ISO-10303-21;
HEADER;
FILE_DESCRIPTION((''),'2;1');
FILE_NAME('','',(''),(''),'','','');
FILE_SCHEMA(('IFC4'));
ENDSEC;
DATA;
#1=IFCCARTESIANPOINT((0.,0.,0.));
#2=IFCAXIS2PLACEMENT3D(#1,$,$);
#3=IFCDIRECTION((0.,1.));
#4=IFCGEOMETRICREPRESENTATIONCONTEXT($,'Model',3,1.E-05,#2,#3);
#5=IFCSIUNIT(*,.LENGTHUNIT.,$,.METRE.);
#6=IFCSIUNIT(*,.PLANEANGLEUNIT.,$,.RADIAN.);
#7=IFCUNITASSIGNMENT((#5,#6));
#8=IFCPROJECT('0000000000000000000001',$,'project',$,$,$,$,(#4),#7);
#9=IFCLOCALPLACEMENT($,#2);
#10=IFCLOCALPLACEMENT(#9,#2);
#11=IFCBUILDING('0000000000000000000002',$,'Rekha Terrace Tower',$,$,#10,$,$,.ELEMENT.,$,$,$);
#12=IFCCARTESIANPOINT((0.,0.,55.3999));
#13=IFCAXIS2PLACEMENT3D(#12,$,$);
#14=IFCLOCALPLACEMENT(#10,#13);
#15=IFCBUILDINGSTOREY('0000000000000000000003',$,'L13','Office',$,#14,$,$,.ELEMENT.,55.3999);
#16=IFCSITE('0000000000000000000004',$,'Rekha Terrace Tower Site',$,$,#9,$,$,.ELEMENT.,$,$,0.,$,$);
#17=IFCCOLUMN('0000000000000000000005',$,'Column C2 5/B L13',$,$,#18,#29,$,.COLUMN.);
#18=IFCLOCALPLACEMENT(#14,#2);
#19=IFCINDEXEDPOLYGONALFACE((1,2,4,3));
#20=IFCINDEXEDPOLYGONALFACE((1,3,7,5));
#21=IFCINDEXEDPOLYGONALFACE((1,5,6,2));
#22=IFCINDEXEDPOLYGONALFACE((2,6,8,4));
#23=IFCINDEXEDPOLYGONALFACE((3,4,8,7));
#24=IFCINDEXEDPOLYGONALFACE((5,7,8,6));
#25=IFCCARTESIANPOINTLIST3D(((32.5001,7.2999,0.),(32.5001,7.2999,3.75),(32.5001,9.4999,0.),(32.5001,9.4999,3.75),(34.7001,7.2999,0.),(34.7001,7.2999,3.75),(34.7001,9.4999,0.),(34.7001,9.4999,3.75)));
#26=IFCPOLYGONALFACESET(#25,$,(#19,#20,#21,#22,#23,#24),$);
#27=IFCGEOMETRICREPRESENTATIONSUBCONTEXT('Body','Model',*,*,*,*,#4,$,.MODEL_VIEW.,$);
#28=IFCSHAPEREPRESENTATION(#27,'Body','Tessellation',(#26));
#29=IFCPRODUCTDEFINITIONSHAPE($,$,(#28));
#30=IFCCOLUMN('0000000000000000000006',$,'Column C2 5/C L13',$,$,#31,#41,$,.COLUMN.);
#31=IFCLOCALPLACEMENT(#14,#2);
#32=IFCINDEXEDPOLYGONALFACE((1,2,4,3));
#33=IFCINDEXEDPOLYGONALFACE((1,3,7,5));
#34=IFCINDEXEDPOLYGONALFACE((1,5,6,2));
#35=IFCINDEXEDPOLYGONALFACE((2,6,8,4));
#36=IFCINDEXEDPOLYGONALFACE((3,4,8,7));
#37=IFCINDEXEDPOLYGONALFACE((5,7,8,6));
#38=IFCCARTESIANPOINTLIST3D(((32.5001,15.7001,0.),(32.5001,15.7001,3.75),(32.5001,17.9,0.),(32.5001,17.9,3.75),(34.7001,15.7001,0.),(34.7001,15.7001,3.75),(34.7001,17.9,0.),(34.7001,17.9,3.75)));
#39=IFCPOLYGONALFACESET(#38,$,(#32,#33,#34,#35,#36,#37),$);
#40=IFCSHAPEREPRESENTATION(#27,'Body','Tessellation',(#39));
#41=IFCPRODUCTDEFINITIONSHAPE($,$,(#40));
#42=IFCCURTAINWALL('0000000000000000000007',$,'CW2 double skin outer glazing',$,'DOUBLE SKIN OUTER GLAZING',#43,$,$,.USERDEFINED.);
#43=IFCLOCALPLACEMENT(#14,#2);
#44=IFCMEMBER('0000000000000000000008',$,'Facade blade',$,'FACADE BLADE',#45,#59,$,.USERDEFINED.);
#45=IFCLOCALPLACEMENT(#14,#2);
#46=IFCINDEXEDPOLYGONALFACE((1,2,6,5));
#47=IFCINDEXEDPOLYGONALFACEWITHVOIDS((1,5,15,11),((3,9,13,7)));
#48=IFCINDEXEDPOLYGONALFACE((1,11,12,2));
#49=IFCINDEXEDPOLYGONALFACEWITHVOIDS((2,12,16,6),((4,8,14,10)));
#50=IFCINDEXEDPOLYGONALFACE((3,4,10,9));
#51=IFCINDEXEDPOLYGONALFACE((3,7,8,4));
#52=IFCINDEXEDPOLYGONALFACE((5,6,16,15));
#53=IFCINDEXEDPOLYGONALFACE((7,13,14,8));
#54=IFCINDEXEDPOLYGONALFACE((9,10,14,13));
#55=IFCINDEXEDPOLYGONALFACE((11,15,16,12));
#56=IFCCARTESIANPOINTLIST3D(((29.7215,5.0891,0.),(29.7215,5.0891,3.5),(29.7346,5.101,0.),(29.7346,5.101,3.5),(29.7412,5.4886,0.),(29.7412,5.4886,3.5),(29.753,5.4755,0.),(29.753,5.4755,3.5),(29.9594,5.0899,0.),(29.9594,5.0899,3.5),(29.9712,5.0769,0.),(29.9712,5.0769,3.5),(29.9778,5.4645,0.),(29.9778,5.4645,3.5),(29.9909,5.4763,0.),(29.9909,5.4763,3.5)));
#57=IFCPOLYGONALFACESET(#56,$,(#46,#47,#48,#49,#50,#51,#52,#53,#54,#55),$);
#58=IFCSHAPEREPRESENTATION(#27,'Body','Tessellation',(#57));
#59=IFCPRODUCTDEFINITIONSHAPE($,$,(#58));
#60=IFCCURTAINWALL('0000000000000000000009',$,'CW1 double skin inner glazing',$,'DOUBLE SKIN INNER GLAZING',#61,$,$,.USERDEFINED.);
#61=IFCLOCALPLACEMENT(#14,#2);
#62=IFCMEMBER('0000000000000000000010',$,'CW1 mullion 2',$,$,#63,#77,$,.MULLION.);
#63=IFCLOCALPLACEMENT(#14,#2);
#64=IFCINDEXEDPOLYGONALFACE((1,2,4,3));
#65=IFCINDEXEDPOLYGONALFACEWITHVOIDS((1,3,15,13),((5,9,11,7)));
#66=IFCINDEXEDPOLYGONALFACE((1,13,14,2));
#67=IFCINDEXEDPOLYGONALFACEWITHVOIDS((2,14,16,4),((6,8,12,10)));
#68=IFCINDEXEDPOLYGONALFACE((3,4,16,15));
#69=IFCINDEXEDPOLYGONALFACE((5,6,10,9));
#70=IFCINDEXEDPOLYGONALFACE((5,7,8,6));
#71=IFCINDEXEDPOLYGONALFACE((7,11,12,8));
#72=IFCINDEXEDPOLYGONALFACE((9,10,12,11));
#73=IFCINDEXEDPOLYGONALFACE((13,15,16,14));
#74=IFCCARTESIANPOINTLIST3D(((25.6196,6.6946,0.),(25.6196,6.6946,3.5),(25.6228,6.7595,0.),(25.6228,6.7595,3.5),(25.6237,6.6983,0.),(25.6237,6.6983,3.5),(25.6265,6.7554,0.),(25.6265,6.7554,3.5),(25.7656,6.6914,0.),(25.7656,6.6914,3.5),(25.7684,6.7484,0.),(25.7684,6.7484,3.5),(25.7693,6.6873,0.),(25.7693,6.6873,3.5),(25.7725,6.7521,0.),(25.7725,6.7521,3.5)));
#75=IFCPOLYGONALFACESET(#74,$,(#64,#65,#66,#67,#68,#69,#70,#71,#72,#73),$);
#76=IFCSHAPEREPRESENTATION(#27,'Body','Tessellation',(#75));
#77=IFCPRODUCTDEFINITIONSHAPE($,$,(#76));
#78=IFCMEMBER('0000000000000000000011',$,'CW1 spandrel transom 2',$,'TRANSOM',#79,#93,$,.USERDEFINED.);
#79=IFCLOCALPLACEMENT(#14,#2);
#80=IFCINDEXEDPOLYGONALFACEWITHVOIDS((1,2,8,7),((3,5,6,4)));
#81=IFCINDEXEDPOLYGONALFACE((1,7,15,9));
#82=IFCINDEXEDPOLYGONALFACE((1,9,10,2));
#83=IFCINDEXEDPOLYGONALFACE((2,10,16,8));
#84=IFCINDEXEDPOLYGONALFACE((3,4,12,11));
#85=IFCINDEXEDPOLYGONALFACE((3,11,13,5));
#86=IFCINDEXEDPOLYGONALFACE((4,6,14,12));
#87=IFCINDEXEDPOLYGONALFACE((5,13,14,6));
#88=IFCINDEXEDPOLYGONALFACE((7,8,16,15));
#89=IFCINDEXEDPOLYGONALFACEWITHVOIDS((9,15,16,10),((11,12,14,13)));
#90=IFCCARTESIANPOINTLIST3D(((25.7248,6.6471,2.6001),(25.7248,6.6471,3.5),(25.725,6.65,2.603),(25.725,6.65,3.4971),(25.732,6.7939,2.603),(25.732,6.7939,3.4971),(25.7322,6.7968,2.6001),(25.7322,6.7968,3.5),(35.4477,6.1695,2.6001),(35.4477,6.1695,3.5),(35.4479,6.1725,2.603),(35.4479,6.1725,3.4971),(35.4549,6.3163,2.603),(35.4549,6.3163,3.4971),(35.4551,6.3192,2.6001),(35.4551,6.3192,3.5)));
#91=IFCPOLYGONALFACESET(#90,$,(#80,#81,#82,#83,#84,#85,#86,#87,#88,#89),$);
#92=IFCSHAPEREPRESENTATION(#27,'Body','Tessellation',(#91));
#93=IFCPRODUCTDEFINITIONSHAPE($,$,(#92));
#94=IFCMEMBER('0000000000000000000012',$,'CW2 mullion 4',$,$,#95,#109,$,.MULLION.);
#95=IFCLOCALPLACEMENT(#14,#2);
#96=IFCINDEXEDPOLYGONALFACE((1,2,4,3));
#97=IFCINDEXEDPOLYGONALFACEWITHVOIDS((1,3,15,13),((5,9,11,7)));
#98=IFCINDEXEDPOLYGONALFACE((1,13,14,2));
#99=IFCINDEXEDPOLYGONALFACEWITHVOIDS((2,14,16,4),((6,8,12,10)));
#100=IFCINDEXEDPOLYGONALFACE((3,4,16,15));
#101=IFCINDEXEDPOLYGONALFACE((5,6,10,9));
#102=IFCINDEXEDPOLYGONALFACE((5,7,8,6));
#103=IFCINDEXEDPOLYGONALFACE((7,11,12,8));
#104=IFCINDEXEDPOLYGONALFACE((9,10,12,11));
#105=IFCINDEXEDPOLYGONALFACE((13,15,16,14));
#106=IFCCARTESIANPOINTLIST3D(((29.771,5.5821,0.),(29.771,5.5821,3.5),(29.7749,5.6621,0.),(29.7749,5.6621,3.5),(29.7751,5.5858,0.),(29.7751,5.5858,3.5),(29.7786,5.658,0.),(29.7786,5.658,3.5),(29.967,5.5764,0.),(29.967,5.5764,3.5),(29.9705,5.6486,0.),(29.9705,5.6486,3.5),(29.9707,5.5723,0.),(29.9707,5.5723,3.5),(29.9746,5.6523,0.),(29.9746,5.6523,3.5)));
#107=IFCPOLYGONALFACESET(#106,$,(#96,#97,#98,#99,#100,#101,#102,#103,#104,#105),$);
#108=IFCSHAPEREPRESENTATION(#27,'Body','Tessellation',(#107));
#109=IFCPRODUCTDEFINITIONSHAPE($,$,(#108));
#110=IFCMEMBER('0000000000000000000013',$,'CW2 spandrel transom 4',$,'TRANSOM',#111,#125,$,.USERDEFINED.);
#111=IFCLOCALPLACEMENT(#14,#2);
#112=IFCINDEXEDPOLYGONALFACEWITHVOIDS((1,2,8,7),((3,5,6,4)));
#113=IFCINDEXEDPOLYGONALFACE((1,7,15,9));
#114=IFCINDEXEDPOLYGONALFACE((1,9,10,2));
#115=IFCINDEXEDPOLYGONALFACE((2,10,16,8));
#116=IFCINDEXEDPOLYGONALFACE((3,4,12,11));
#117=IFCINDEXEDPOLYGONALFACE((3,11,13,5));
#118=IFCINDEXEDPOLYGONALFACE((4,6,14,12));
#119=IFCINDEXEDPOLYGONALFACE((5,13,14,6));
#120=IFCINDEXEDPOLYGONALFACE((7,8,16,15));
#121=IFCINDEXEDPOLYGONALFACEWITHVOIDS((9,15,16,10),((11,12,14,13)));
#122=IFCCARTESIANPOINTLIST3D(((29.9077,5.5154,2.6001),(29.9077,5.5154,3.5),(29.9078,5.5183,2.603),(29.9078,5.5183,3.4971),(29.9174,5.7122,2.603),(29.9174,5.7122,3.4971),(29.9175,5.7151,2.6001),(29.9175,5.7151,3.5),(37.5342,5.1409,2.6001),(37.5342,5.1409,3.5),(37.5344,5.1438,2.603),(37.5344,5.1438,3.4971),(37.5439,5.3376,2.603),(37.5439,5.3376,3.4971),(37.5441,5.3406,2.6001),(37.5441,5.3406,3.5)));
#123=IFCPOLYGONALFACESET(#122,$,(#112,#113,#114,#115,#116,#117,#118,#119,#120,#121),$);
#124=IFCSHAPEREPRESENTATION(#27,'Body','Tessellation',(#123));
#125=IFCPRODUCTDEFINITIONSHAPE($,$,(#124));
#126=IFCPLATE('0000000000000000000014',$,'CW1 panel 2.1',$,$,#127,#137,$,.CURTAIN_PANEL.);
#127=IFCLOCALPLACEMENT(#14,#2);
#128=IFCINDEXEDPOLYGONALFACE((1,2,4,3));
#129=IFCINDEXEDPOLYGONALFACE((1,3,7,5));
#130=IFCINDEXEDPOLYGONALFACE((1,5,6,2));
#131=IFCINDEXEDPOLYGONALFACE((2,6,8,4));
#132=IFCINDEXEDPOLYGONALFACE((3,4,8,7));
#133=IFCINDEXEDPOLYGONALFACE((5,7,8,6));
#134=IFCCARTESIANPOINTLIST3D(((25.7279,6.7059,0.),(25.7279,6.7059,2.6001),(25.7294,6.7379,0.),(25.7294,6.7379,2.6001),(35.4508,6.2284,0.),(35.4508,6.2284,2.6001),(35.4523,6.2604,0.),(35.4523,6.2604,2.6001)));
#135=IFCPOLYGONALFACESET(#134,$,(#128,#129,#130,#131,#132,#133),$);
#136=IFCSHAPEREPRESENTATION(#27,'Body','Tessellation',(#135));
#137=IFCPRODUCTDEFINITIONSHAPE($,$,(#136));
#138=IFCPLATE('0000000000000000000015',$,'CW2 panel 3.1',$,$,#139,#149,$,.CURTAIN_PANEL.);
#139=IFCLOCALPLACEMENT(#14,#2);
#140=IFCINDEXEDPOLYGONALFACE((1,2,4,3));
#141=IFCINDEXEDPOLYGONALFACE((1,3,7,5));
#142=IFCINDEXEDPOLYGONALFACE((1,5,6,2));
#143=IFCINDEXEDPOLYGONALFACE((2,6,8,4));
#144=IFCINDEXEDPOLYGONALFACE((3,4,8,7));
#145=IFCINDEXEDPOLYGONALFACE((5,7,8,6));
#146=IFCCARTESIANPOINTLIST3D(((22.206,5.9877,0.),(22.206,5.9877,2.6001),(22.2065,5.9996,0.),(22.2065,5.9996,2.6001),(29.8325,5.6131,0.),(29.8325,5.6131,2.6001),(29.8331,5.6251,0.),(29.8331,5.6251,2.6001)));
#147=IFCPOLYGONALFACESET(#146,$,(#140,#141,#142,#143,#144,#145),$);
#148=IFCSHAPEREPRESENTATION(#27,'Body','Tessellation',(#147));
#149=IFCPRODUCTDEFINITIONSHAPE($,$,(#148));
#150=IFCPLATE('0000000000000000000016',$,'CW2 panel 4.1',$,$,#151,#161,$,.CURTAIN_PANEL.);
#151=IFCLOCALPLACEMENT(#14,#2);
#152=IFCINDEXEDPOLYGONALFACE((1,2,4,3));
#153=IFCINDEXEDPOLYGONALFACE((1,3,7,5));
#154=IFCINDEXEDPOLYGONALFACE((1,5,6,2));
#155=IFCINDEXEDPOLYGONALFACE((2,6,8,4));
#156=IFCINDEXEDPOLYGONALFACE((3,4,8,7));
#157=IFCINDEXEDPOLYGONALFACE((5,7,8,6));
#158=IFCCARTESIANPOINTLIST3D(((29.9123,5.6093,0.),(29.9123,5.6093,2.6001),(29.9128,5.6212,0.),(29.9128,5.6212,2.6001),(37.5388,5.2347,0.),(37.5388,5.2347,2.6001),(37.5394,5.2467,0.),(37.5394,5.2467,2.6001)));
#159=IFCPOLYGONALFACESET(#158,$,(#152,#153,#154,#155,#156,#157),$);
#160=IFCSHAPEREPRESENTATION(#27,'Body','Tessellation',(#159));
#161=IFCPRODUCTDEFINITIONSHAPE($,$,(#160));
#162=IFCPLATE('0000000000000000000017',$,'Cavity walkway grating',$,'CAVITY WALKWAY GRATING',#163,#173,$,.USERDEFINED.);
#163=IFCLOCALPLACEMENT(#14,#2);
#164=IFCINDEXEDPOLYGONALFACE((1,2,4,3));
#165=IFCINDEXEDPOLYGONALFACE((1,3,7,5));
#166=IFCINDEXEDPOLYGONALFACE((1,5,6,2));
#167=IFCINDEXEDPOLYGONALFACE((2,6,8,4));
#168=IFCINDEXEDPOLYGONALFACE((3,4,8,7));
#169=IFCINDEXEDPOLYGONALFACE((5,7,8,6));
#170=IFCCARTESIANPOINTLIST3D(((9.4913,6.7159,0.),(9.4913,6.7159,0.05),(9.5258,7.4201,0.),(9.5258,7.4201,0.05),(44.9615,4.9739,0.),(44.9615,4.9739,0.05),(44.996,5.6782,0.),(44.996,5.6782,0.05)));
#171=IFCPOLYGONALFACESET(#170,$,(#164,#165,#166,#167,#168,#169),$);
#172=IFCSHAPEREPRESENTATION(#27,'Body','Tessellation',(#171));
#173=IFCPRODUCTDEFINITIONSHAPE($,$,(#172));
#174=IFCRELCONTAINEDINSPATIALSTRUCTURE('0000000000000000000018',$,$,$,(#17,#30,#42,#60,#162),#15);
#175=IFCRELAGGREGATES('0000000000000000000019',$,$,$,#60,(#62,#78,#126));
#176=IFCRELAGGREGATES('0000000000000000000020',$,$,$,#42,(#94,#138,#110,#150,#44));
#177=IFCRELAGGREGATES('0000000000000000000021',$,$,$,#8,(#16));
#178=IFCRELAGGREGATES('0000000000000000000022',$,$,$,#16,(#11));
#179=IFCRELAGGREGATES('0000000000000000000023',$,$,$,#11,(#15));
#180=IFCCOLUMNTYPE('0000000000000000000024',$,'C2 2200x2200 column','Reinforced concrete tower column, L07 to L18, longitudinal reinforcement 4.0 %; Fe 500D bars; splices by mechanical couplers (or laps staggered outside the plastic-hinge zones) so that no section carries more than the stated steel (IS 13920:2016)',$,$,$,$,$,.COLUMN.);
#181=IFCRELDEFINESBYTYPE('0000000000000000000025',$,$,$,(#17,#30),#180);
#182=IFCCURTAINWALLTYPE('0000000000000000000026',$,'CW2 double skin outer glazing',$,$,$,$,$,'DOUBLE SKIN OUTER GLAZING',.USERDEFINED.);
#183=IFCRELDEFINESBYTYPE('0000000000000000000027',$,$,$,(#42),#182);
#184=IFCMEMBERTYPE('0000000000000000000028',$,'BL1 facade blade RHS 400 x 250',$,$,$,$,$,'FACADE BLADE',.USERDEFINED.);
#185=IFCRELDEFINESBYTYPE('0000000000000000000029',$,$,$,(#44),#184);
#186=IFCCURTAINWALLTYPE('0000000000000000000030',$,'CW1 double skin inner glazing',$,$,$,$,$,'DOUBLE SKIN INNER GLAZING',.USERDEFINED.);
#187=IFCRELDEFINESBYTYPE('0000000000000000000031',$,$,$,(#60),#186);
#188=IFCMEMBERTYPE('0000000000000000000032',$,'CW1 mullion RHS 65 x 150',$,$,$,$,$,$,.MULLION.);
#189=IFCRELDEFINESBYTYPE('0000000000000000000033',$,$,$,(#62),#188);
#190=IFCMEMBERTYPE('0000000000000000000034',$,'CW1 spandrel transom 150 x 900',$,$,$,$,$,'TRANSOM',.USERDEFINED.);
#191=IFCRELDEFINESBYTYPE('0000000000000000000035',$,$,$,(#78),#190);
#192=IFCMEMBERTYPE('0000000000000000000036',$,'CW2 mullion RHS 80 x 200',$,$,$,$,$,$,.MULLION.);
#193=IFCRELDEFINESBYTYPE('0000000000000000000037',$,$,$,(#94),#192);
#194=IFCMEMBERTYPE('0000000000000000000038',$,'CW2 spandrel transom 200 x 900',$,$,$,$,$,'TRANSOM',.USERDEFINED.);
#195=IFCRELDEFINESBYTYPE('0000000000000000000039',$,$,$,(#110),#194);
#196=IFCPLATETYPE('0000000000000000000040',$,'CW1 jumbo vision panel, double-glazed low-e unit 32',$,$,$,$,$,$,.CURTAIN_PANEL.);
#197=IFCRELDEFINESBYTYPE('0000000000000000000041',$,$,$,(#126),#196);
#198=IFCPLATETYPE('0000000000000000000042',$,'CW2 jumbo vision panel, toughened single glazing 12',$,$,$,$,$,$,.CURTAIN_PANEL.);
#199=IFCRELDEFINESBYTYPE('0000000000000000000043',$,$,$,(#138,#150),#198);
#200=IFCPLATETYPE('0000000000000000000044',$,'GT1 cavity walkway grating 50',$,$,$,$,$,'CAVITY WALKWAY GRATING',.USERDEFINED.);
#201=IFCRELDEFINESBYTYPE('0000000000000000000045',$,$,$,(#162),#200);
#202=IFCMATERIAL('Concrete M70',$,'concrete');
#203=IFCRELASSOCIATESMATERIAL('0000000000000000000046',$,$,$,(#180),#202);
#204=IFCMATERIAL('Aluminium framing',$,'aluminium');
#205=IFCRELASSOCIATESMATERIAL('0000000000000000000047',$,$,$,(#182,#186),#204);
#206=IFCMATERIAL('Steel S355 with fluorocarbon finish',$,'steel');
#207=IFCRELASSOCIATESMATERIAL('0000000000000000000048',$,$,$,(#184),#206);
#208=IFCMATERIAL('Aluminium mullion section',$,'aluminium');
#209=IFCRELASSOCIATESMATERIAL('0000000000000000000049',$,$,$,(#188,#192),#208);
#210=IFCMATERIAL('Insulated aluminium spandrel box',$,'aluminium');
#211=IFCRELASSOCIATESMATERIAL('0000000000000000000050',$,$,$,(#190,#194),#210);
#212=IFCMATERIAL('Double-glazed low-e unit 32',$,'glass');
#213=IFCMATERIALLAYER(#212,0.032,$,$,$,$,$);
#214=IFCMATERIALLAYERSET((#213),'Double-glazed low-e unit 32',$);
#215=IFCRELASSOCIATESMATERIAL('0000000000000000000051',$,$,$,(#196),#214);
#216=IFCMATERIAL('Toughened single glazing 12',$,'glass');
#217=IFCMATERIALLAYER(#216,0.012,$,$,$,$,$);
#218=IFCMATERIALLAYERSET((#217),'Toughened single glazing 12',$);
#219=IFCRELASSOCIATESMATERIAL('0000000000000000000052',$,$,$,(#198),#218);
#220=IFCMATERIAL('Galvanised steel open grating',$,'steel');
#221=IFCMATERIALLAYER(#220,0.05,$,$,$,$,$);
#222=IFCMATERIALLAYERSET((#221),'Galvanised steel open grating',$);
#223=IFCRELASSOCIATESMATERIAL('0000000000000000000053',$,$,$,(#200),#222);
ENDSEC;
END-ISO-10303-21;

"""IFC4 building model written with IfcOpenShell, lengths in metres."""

from ifc_helpers import new_model, si_unit, direction, frame, origin, origin_2d, place, context, subcontext, project, spatial, rectangle, hollow_rectangle, extrude, material, layer, layer_set, material_profile, profile_set, type_object, element, aggregate, save


model = new_model("IFC4")

# Units and contexts
model_context = context("Model", 3, precision=1e-05, world=origin(), true_north=direction((0.0, 1.0)))
body_context = subcontext(model_context, "Body", "Model", "MODEL_VIEW")
ifc_project = project(units=[si_unit("LENGTHUNIT", "METRE"), si_unit("PLANEANGLEUNIT", "RADIAN")], contexts=[model_context])

# Site, building, storey
site_placement = place(None, origin())
site = spatial("IfcSite", under=ifc_project, at=site_placement, Name="Rekha Terrace Tower Site", CompositionType="ELEMENT", RefElevation=0.0)
building_placement = place(site_placement, origin())
building = spatial("IfcBuilding", under=site, at=building_placement, Name="Rekha Terrace Tower", CompositionType="ELEMENT")
storey_placement = place(building_placement, frame((0.0, 0.0, 55.3999)))
storey = spatial("IfcBuildingStorey", under=building, at=storey_placement, Name="L13", Description="Office", CompositionType="ELEMENT", Elevation=55.3999)

# Columns
ifc_material_1 = material(Name="Concrete M70", Category="concrete")
ifc_material_profile_1 = material_profile(ifc_material_1, rectangle(XDim=2.2, YDim=2.2, at=origin_2d()), Name="RC 2200x2200")
ifc_profile_set_1 = profile_set([ifc_material_profile_1], Name="Concrete M70")
column_type = type_object("IfcColumnType", Name="C2 2200x2200 column", Description="Reinforced concrete tower column, L07 to L18, longitudinal reinforcement 4.0 %; Fe 500D bars; splices by mechanical couplers (or laps staggered outside the plastic-hinge zones) so that no section carries more than the stated steel (IS 13920:2016)", PredefinedType="COLUMN", material=ifc_profile_set_1)
for number, where, z_axis, x_axis, name in (
    (1, (33.6001, 8.3999, 0.0), (0.0, 0.0, 1.0), (1.0, 0.0, 0.0), "Column C2 5/B L13"),
    (2, (33.6001, 16.8, 0.0), (0.0, 0.0, 1.0), (1.0, 0.0, 0.0), "Column C2 5/C L13"),
):
    element("IfcColumn", number, at=place(storey_placement, frame(where, z_axis=z_axis, x_axis=x_axis)), inside=storey, type_object=column_type, Name=name, PredefinedType="COLUMN", context=body_context, shape_type="SweptSolid", body=[
        extrude(rectangle(XDim=2.2, YDim=2.2, at=origin_2d()), origin(), (0.0, 0.0, 1.0), 3.75),
    ])

# Curtain wall, member
ifc_material_2 = material(Name="Aluminium framing", Category="aluminium")
curtain_wall_type_1 = type_object("IfcCurtainWallType", Name="CW2 double skin outer glazing", ElementType="DOUBLE SKIN OUTER GLAZING", PredefinedType="USERDEFINED", material=ifc_material_2)
curtain_wall_1_placement = place(storey_placement, origin())
curtain_wall_1 = element("IfcCurtainWall", 3, at=curtain_wall_1_placement, inside=storey, type_object=curtain_wall_type_1, Name="CW2 double skin outer glazing", ObjectType="DOUBLE SKIN OUTER GLAZING", PredefinedType="USERDEFINED")
ifc_material_3 = material(Name="Steel S355 with fluorocarbon finish", Category="steel")
ifc_material_profile_2 = material_profile(ifc_material_3, hollow_rectangle(XDim=0.25, YDim=0.3999, WallThickness=0.0125, at=origin_2d()), Name="RHS400x250x12.5")
ifc_profile_set_2 = profile_set([ifc_material_profile_2], Name="Steel S355 with fluorocarbon finish")
member_type_1 = type_object("IfcMemberType", Name="BL1 facade blade RHS 400 x 250", ElementType="FACADE BLADE", PredefinedType="USERDEFINED", material=ifc_profile_set_2)
member_1_placement = place(storey_placement, frame((29.8562, 5.2827, 0.0), z_axis=(0.0, 0.0, 1.0), x_axis=(0.998796, -0.049052, 0.0)))
member_1 = element("IfcMember", 4, at=member_1_placement, type_object=member_type_1, Name="Facade blade", ObjectType="FACADE BLADE", PredefinedType="USERDEFINED", context=body_context, shape_type="SweptSolid", body=[
    extrude(hollow_rectangle(XDim=0.25, YDim=0.3999, WallThickness=0.0125, at=origin_2d()), origin(), (0.0, 0.0, 1.0), 3.5),
])

# Curtain wall, members
curtain_wall_type_2 = type_object("IfcCurtainWallType", Name="CW1 double skin inner glazing", ElementType="DOUBLE SKIN INNER GLAZING", PredefinedType="USERDEFINED", material=ifc_material_2)
curtain_wall_2_placement = place(storey_placement, origin())
curtain_wall_2 = element("IfcCurtainWall", 5, at=curtain_wall_2_placement, inside=storey, type_object=curtain_wall_type_2, Name="CW1 double skin inner glazing", ObjectType="DOUBLE SKIN INNER GLAZING", PredefinedType="USERDEFINED")
ifc_material_4 = material(Name="Aluminium mullion section", Category="aluminium")
ifc_material_profile_3 = material_profile(ifc_material_4, hollow_rectangle(XDim=0.0649, YDim=0.1499, WallThickness=0.0039, at=origin_2d()), Name="AL RHS 65x150")
ifc_profile_set_3 = profile_set([ifc_material_profile_3], Name="Aluminium mullion section")
member_type_2 = type_object("IfcMemberType", Name="CW1 mullion RHS 65 x 150", PredefinedType="MULLION", material=ifc_profile_set_3)
member_2_placement = place(storey_placement, frame((25.696, 6.7234, 0.0), z_axis=(0.0, 0.0, 1.0), x_axis=(0.049052, 0.998796, 0.0)))
member_2 = element("IfcMember", 6, at=member_2_placement, type_object=member_type_2, Name="CW1 mullion 2", PredefinedType="MULLION", context=body_context, shape_type="SweptSolid", body=[
    extrude(hollow_rectangle(XDim=0.0649, YDim=0.1499, WallThickness=0.0039, at=origin_2d()), origin(), (0.0, 0.0, 1.0), 3.5),
])
ifc_material_5 = material(Name="Insulated aluminium spandrel box", Category="aluminium")
ifc_material_profile_4 = material_profile(ifc_material_5, hollow_rectangle(XDim=0.1499, YDim=0.8999, WallThickness=0.0029, at=origin_2d()), Name="AL SPANDREL BOX 150x900")
ifc_profile_set_4 = profile_set([ifc_material_profile_4], Name="Insulated aluminium spandrel box")
member_type_3 = type_object("IfcMemberType", Name="CW1 spandrel transom 150 x 900", ElementType="TRANSOM", PredefinedType="USERDEFINED", material=ifc_profile_set_4)
member_3_placement = place(storey_placement, frame((25.7285, 6.7219, 3.05), z_axis=(0.998796, -0.049056, 0.0), x_axis=(0.049056, 0.998796, 0.0)))
member_3 = element("IfcMember", 7, at=member_3_placement, type_object=member_type_3, Name="CW1 spandrel transom 2", ObjectType="TRANSOM", PredefinedType="USERDEFINED", context=body_context, shape_type="SweptSolid", body=[
    extrude(hollow_rectangle(XDim=0.1499, YDim=0.8999, WallThickness=0.0029, at=origin_2d()), origin(), (0.0, 0.0, 1.0), 9.7346),
])

# Members
ifc_material_profile_5 = material_profile(ifc_material_4, hollow_rectangle(XDim=0.0801, YDim=0.2, WallThickness=0.0039, at=origin_2d()), Name="AL RHS 80x200")
ifc_profile_set_5 = profile_set([ifc_material_profile_5], Name="Aluminium mullion section")
member_type_4 = type_object("IfcMemberType", Name="CW2 mullion RHS 80 x 200", PredefinedType="MULLION", material=ifc_profile_set_5)
member_4_placement = place(storey_placement, frame((29.8728, 5.6172, 0.0), z_axis=(0.0, 0.0, 1.0), x_axis=(0.049052, 0.998796, 0.0)))
member_4 = element("IfcMember", 8, at=member_4_placement, type_object=member_type_4, Name="CW2 mullion 4", PredefinedType="MULLION", context=body_context, shape_type="SweptSolid", body=[
    extrude(hollow_rectangle(XDim=0.0801, YDim=0.2, WallThickness=0.0039, at=origin_2d()), origin(), (0.0, 0.0, 1.0), 3.5),
])
ifc_material_profile_6 = material_profile(ifc_material_5, hollow_rectangle(XDim=0.2, YDim=0.8999, WallThickness=0.0029, at=origin_2d()), Name="AL SPANDREL BOX 200x900")
ifc_profile_set_6 = profile_set([ifc_material_profile_6], Name="Insulated aluminium spandrel box")
member_type_5 = type_object("IfcMemberType", Name="CW2 spandrel transom 200 x 900", ElementType="TRANSOM", PredefinedType="USERDEFINED", material=ifc_profile_set_6)
member_5_placement = place(storey_placement, frame((29.9126, 5.6152, 3.05), z_axis=(0.998796, -0.049048, 0.0), x_axis=(0.049048, 0.998796, 0.0)))
member_5 = element("IfcMember", 9, at=member_5_placement, type_object=member_type_5, Name="CW2 spandrel transom 4", ObjectType="TRANSOM", PredefinedType="USERDEFINED", context=body_context, shape_type="SweptSolid", body=[
    extrude(hollow_rectangle(XDim=0.2, YDim=0.8999, WallThickness=0.0029, at=origin_2d()), origin(), (0.0, 0.0, 1.0), 7.6357),
])

# Plates
ifc_material_6 = material(Name="Double-glazed low-e unit 32", Category="glass")
ifc_layer_1 = layer(ifc_material_6, 0.032)
ifc_layer_set_1 = layer_set([ifc_layer_1], Name="Double-glazed low-e unit 32")
plate_type_1 = type_object("IfcPlateType", Name="CW1 jumbo vision panel, double-glazed low-e unit 32", PredefinedType="CURTAIN_PANEL", material=ifc_layer_set_1)
plate_1_placement = place(storey_placement, frame((30.5901, 6.4832, 0.0), z_axis=(0.0, 0.0, 1.0), x_axis=(0.998796, -0.049052, 0.0)))
plate_1 = element("IfcPlate", 10, at=plate_1_placement, type_object=plate_type_1, Name="CW1 panel 2.1", PredefinedType="CURTAIN_PANEL", context=body_context, shape_type="SweptSolid", body=[
    extrude(rectangle(XDim=9.7346, YDim=0.032, at=origin_2d()), origin(), (0.0, 0.0, 1.0), 2.6001),
])
aggregate(curtain_wall_2, [member_2, member_3, plate_1])
ifc_material_7 = material(Name="Toughened single glazing 12", Category="glass")
ifc_layer_2 = layer(ifc_material_7, 0.012)
ifc_layer_set_2 = layer_set([ifc_layer_2], Name="Toughened single glazing 12")
plate_type_2 = type_object("IfcPlateType", Name="CW2 jumbo vision panel, toughened single glazing 12", PredefinedType="CURTAIN_PANEL", material=ifc_layer_set_2)
plate_2_placement = place(storey_placement, frame((26.0195, 5.8064, 0.0), z_axis=(0.0, 0.0, 1.0), x_axis=(0.998796, -0.049052, 0.0)))
plate_2 = element("IfcPlate", 11, at=plate_2_placement, type_object=plate_type_2, Name="CW2 panel 3.1", PredefinedType="CURTAIN_PANEL", context=body_context, shape_type="SweptSolid", body=[
    extrude(rectangle(XDim=7.6357, YDim=0.012, at=origin_2d()), origin(), (0.0, 0.0, 1.0), 2.6001),
])
plate_3_placement = place(storey_placement, frame((33.7258, 5.428, 0.0), z_axis=(0.0, 0.0, 1.0), x_axis=(0.998796, -0.049052, 0.0)))
plate_3 = element("IfcPlate", 12, at=plate_3_placement, type_object=plate_type_2, Name="CW2 panel 4.1", PredefinedType="CURTAIN_PANEL", context=body_context, shape_type="SweptSolid", body=[
    extrude(rectangle(XDim=7.6357, YDim=0.012, at=origin_2d()), origin(), (0.0, 0.0, 1.0), 2.6001),
])
aggregate(curtain_wall_1, [member_4, plate_2, member_5, plate_3, member_1])
ifc_material_8 = material(Name="Galvanised steel open grating", Category="steel")
ifc_layer_3 = layer(ifc_material_8, 0.05)
ifc_layer_set_3 = layer_set([ifc_layer_3], Name="Galvanised steel open grating")
plate_type_3 = type_object("IfcPlateType", Name="GT1 cavity walkway grating 50", ElementType="CAVITY WALKWAY GRATING", PredefinedType="USERDEFINED", material=ifc_layer_set_3)
plate_4_placement = place(storey_placement, frame((27.2437, 6.197, 0.0), z_axis=(0.0, 0.0, 1.0), x_axis=(0.998796, -0.049052, 0.0)))
element("IfcPlate", 13, at=plate_4_placement, inside=storey, type_object=plate_type_3, Name="Cavity walkway grating", ObjectType="CAVITY WALKWAY GRATING", PredefinedType="USERDEFINED", context=body_context, shape_type="SweptSolid", body=[
    extrude(rectangle(XDim=35.5129, YDim=0.7051, at=origin_2d()), origin(), (0.0, 0.0, 1.0), 0.05),
])

save(model, "model.ifc")
